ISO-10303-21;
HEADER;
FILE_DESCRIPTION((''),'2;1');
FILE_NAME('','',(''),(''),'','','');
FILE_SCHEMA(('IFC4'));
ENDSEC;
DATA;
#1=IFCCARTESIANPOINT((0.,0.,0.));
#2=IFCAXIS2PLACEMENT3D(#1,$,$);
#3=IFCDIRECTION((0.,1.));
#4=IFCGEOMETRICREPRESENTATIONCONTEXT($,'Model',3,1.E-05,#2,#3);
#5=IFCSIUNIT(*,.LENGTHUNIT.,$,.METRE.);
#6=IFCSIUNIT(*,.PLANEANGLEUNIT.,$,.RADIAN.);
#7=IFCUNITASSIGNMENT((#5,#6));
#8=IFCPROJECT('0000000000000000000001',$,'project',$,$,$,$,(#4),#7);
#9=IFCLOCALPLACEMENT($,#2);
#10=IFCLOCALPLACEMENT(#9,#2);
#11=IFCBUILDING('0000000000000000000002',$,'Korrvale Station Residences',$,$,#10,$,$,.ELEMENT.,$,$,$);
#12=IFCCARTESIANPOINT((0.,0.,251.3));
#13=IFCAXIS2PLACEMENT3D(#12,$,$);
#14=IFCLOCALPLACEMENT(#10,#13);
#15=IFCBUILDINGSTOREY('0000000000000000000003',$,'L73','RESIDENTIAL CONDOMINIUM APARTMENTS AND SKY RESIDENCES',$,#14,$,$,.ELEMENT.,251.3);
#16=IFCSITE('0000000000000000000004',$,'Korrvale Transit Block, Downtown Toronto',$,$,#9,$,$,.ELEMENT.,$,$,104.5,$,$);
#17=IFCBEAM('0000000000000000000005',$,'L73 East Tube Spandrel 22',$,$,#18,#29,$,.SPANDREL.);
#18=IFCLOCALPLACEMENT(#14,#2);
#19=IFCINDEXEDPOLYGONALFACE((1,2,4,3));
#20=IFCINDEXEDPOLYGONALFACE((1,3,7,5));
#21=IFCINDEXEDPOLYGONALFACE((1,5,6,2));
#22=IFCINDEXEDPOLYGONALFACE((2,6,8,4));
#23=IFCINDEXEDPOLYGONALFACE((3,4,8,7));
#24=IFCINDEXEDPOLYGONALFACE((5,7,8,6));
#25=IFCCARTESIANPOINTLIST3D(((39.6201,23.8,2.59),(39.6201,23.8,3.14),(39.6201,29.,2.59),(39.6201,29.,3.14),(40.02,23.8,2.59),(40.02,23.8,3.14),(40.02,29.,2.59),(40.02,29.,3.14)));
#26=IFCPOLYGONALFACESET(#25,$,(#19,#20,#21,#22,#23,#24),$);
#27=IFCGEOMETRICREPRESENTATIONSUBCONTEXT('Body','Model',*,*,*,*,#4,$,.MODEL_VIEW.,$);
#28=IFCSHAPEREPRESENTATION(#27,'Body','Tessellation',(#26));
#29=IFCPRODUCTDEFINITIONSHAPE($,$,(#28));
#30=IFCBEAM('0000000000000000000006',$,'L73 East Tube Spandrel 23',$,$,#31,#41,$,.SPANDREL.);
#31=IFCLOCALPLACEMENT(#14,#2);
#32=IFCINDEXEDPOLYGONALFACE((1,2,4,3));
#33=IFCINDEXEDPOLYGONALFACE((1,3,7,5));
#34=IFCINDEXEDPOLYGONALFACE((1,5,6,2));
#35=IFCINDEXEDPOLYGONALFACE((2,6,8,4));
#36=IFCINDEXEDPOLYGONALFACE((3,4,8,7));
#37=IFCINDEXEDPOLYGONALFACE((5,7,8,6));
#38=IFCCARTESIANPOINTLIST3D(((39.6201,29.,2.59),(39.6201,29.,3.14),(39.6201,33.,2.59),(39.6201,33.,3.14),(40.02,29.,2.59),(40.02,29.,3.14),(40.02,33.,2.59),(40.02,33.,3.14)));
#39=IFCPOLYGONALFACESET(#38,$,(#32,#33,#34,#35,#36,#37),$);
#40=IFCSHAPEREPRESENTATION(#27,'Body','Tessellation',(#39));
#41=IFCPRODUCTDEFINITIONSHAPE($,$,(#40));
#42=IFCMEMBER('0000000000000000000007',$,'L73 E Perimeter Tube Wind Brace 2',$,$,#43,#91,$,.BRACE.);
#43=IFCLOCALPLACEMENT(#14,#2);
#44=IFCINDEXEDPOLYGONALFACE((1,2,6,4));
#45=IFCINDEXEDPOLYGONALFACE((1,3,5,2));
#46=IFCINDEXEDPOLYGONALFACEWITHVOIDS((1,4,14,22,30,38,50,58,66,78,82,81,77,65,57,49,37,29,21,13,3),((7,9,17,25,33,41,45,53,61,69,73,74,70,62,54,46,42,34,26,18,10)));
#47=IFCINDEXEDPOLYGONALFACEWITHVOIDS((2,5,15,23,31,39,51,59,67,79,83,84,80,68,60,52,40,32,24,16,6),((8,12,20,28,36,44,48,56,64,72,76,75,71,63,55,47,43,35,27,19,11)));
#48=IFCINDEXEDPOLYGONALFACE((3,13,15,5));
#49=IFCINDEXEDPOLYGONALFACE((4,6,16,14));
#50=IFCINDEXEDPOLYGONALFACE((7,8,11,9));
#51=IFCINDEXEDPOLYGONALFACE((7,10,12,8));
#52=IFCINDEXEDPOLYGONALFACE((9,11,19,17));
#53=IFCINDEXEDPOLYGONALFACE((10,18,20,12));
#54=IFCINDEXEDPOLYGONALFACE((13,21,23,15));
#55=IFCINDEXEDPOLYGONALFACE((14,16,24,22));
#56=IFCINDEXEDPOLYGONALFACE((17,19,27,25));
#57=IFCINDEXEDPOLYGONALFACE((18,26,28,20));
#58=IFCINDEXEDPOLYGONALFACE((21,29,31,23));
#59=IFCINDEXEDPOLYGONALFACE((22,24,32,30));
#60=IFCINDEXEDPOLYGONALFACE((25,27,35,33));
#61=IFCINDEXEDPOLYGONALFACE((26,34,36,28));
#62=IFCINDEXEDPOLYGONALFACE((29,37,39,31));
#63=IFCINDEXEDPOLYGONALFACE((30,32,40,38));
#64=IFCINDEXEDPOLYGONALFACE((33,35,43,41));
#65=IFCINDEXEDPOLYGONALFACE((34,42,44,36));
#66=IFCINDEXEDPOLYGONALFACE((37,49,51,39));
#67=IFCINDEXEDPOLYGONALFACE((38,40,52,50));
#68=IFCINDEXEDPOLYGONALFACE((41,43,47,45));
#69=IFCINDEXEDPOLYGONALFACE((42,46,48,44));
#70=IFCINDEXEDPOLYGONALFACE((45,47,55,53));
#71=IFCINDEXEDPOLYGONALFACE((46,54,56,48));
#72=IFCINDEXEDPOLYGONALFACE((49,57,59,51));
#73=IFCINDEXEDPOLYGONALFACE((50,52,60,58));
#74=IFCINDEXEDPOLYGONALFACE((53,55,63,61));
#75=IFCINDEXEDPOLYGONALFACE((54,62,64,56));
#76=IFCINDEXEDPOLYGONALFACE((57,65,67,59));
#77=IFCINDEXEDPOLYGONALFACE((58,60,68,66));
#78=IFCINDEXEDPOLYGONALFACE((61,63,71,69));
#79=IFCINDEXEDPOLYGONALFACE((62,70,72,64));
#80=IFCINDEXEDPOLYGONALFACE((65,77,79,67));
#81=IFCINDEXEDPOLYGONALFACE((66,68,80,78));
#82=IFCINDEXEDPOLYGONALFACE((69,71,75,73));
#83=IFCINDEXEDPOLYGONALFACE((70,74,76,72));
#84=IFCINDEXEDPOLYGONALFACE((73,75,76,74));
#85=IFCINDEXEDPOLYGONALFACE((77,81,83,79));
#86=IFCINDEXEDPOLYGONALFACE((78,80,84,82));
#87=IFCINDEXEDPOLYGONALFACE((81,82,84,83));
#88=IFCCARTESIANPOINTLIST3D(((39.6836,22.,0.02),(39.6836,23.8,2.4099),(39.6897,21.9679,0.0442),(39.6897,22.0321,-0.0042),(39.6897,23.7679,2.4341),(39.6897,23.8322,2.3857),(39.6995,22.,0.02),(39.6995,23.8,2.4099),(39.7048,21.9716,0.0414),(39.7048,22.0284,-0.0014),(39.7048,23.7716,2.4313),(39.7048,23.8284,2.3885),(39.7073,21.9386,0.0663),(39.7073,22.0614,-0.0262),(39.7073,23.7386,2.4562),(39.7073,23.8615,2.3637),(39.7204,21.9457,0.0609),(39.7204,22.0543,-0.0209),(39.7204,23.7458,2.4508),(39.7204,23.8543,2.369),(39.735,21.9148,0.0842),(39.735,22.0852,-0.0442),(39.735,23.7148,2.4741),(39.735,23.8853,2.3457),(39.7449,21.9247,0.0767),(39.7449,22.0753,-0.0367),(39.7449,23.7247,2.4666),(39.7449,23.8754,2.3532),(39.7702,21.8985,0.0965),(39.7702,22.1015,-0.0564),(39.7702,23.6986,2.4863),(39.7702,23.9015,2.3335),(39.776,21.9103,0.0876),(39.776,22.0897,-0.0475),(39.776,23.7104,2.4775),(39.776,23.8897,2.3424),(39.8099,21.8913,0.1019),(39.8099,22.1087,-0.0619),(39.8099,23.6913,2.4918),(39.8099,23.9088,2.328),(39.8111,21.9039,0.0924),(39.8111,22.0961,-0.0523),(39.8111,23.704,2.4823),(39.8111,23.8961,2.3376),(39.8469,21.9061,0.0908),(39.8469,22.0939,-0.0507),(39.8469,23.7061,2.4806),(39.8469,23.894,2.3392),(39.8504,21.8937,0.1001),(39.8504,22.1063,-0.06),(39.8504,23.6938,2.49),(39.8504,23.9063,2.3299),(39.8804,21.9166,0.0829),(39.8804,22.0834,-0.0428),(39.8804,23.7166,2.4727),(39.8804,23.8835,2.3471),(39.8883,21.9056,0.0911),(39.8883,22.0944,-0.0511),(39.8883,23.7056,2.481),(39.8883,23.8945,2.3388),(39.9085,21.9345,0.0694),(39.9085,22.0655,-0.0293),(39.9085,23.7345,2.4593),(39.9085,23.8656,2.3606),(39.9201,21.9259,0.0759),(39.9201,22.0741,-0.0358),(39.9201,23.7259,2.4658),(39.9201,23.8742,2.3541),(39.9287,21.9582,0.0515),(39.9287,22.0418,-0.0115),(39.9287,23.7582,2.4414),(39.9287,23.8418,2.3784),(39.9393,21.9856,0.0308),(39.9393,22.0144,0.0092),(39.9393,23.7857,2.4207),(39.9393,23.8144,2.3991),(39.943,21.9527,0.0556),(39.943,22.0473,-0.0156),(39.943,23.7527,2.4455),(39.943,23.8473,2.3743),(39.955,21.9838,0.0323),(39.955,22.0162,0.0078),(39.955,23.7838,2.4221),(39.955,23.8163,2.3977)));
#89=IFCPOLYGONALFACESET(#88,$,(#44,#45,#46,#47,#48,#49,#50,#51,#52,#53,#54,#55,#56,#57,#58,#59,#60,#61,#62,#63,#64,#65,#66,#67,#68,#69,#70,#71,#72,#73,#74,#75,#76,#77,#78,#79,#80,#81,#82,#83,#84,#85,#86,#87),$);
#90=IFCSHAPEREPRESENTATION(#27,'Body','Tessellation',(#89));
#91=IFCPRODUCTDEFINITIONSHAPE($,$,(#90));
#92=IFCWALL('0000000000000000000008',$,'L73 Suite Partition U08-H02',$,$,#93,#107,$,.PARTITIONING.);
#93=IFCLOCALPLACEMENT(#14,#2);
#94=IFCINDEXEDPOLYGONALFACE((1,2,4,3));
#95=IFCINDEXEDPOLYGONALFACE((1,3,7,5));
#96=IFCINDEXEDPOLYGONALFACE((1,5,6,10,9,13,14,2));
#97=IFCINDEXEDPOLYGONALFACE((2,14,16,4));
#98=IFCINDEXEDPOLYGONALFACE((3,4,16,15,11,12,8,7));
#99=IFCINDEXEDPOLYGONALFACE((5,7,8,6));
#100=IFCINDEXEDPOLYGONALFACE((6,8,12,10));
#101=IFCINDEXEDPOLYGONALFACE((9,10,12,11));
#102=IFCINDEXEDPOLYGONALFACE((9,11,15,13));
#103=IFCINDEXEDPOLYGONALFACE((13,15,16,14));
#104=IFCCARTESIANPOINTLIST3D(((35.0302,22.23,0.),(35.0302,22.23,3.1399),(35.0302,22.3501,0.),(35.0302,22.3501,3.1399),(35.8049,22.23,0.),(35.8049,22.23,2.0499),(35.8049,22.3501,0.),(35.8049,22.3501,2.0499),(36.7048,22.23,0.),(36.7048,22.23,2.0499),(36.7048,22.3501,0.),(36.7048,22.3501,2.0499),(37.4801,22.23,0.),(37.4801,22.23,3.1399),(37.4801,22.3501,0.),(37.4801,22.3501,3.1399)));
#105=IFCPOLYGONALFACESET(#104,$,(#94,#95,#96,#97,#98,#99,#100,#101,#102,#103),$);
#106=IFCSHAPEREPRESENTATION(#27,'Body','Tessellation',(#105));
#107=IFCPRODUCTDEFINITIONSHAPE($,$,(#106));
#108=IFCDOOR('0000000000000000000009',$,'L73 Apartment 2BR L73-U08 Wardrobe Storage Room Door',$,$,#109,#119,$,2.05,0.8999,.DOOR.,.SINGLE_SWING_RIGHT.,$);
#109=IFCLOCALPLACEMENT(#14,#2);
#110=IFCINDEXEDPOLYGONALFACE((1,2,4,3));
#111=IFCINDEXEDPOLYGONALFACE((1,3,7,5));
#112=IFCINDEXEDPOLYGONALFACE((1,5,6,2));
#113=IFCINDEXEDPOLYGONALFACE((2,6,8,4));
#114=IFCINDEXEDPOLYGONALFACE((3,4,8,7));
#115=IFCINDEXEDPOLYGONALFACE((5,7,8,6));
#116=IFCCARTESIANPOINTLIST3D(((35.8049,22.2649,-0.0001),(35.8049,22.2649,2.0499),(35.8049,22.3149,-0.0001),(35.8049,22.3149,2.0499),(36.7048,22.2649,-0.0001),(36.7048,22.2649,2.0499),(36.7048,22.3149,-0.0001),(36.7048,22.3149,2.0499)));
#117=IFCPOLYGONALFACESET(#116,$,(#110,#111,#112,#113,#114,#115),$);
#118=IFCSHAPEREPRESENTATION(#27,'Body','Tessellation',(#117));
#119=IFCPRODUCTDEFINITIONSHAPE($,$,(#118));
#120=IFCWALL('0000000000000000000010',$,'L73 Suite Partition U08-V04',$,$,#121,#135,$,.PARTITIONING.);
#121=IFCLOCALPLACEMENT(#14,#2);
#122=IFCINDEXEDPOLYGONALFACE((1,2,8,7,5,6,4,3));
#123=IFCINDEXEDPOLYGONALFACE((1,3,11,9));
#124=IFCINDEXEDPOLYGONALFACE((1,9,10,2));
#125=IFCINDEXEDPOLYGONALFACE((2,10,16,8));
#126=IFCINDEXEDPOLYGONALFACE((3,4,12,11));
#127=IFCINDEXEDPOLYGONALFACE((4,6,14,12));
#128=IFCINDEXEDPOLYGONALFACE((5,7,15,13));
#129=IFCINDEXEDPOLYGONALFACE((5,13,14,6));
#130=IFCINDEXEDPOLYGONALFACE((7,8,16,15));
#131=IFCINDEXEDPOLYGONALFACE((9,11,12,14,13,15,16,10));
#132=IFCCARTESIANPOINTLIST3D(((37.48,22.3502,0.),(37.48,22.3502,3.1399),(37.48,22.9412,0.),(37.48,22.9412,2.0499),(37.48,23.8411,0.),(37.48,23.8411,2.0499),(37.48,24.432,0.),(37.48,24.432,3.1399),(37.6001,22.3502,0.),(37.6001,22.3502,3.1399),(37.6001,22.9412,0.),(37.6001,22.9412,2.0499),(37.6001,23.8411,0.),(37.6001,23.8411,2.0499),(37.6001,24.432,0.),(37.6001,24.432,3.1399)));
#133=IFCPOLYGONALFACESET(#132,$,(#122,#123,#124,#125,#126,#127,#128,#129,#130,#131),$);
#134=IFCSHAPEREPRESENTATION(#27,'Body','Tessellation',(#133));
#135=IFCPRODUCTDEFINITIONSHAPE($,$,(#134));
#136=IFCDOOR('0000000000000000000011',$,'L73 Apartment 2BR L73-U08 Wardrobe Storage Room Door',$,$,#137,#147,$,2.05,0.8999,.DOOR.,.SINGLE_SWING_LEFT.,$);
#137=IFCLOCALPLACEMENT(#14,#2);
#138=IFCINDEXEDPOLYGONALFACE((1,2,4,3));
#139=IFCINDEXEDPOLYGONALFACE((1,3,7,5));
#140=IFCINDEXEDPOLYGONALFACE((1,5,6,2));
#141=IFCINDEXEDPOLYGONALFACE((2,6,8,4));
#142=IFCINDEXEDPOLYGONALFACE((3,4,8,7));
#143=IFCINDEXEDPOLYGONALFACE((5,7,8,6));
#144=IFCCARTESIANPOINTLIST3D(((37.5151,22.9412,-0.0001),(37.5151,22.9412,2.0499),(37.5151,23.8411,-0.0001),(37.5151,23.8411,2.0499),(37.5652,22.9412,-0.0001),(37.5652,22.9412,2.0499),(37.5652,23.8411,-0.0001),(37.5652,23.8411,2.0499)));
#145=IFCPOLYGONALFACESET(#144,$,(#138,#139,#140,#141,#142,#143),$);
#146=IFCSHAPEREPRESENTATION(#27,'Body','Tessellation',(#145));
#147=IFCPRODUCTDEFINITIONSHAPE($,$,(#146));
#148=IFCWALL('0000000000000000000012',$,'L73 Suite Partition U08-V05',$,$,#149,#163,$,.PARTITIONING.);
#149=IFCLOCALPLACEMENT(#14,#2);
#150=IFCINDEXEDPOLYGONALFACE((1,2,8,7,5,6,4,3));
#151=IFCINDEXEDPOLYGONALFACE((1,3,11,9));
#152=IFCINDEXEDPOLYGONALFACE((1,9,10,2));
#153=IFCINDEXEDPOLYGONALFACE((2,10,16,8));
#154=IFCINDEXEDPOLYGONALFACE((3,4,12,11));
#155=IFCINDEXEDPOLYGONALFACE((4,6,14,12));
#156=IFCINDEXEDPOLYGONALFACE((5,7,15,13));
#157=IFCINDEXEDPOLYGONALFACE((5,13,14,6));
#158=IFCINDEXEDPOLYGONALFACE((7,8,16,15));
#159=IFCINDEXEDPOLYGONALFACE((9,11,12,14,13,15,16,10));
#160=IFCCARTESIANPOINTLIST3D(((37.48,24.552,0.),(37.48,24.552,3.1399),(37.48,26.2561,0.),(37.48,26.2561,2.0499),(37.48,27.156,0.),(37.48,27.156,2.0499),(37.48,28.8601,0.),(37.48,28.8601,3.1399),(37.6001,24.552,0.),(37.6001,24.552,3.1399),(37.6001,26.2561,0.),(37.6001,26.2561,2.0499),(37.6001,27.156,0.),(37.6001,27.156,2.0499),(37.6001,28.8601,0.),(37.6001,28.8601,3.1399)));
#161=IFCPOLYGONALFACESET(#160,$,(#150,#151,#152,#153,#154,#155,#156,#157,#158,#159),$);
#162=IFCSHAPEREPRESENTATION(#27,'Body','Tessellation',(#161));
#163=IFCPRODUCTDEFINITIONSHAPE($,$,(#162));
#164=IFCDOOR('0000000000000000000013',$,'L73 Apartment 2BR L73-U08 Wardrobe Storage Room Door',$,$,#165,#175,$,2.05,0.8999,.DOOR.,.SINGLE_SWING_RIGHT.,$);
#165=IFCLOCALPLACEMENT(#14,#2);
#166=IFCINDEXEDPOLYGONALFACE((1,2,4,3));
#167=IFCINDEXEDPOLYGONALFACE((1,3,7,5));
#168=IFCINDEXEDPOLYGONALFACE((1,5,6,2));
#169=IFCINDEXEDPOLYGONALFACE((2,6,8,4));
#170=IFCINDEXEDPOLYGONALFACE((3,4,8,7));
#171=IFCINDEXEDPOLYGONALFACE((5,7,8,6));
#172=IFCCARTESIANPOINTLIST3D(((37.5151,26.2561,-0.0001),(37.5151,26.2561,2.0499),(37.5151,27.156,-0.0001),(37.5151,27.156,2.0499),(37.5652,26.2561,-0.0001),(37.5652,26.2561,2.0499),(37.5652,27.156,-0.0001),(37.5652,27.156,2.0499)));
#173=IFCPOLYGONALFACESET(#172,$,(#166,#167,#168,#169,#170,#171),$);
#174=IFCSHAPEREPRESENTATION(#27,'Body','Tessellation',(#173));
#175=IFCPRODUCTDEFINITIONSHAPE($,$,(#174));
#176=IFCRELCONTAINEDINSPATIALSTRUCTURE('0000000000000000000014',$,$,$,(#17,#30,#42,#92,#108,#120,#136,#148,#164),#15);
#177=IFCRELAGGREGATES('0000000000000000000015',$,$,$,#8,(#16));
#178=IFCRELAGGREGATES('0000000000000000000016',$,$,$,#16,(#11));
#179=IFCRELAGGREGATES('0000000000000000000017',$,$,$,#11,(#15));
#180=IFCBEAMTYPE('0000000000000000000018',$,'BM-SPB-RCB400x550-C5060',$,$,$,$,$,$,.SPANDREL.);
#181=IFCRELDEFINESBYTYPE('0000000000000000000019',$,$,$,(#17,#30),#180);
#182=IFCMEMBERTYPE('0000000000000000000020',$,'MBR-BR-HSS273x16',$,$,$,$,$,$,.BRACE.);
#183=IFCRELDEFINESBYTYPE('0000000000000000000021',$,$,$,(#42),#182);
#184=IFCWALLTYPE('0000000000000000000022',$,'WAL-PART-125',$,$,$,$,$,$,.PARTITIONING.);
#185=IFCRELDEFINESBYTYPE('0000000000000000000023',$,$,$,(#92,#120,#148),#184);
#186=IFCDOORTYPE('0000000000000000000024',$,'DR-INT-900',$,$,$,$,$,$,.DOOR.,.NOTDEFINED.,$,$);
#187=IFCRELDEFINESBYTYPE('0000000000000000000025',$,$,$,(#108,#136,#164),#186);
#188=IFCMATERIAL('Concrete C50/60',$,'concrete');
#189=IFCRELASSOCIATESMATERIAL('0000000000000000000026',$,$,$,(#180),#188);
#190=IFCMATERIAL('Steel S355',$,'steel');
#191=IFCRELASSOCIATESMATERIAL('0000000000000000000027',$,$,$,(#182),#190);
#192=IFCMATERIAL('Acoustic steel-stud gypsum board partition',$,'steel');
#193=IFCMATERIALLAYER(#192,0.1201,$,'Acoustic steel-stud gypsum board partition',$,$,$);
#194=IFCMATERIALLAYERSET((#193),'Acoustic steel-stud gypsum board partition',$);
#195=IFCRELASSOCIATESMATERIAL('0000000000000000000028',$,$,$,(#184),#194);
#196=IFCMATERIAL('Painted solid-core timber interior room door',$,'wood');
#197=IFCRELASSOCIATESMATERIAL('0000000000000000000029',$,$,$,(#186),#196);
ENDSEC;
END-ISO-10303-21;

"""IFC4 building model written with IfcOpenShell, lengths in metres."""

from ifc_helpers import new_model, si_unit, direction, frame, frame_2d, origin, origin_2d, place, context, subcontext, project, spatial, rectangle, hollow_circle, extrude, material, layer, layer_set, material_profile, profile_set, type_object, element, fill, save


model = new_model("IFC4")

# Units and contexts
model_context = context("Model", 3, precision=1e-05, world=origin(), true_north=direction((0.0, 1.0)))
body_context = subcontext(model_context, "Body", "Model", "MODEL_VIEW")
ifc_project = project(units=[si_unit("LENGTHUNIT", "METRE"), si_unit("PLANEANGLEUNIT", "RADIAN")], contexts=[model_context])

# Site, building, storey
site_placement = place(None, origin())
site = spatial("IfcSite", under=ifc_project, at=site_placement, Name="Korrvale Transit Block, Downtown Toronto", CompositionType="ELEMENT", RefElevation=104.5)
building_placement = place(site_placement, origin())
building = spatial("IfcBuilding", under=site, at=building_placement, Name="Korrvale Station Residences", CompositionType="ELEMENT")
storey_placement = place(building_placement, frame((0.0, 0.0, 251.3)))
storey = spatial("IfcBuildingStorey", under=building, at=storey_placement, Name="L73", Description="RESIDENTIAL CONDOMINIUM APARTMENTS AND SKY RESIDENCES", CompositionType="ELEMENT", Elevation=251.3)

# Shared definitions
ifc_material_1 = material(Name="Concrete C50/60", Category="concrete")

# Beams
ifc_material_2 = material(Name="Steel S355", Category="steel")
ifc_material_profile_1 = material_profile(ifc_material_1, rectangle(XDim=0.3999, YDim=0.55, at=origin_2d()), Name="RCB400x550")
ifc_profile_set_1 = profile_set([ifc_material_profile_1], Name="Concrete C50/60")
beam_type_1 = type_object("IfcBeamType", Name="BM-SPB-RCB400x550-C5060", PredefinedType="SPANDREL", material=ifc_profile_set_1)
beam_1_placement = place(storey_placement, frame((39.8201, 23.8, 2.865), z_axis=(0.0, 1.0, 0.0), x_axis=(-1.0, 0.0, 0.0)))
element("IfcBeam", 1, at=beam_1_placement, inside=storey, type_object=beam_type_1, Name="L73 East Tube Spandrel 22", PredefinedType="SPANDREL", context=body_context, shape_type="SweptSolid", body=[
    extrude(rectangle(XDim=0.3999, YDim=0.55, at=origin_2d()), origin(), (0.0, 0.0, 1.0), 5.2),
])
beam_2_placement = place(storey_placement, frame((39.8201, 29.0, 2.865), z_axis=(0.0, 1.0, 0.0), x_axis=(-1.0, 0.0, 0.0)))
element("IfcBeam", 2, at=beam_2_placement, inside=storey, type_object=beam_type_1, Name="L73 East Tube Spandrel 23", PredefinedType="SPANDREL", context=body_context, shape_type="SweptSolid", body=[
    extrude(rectangle(XDim=0.3999, YDim=0.55, at=origin_2d()), origin(), (0.0, 0.0, 1.0), 4.0),
])

# Member
ifc_material_profile_2 = material_profile(ifc_material_2, hollow_circle(Radius=0.1365, WallThickness=0.0159, at=origin_2d()), Name="HSS273x16")
ifc_profile_set_2 = profile_set([ifc_material_profile_2], Name="Steel S355")
member_type = type_object("IfcMemberType", Name="MBR-BR-HSS273x16", PredefinedType="BRACE", material=ifc_profile_set_2)
member_placement = place(storey_placement, frame((39.8201, 22.0, 0.02), z_axis=(0.0, 0.601631, 0.798774), x_axis=(-1.0, 0.0, 0.0)))
element("IfcMember", 3, at=member_placement, inside=storey, type_object=member_type, Name="L73 E Perimeter Tube Wind Brace 2", PredefinedType="BRACE", context=body_context, shape_type="SweptSolid", body=[
    extrude(hollow_circle(Radius=0.1365, WallThickness=0.0159, at=origin_2d()), origin(), (0.0, 0.0, 1.0), 2.9919),
])

# Walls, openings, doors
ifc_material_3 = material(Name="Acoustic steel-stud gypsum board partition", Category="steel")
ifc_layer_1 = layer(ifc_material_3, 0.1201, Name="Acoustic steel-stud gypsum board partition")
ifc_layer_set_1 = layer_set([ifc_layer_1], Name="Acoustic steel-stud gypsum board partition")
wall_type_1 = type_object("IfcWallType", Name="WAL-PART-125", PredefinedType="PARTITIONING", material=ifc_layer_set_1)
wall_1_placement = place(storey_placement, frame((35.03, 22.29, 0.0), z_axis=(0.0, 0.0, 1.0), x_axis=(1.0, 0.0, 0.0)))
wall_1 = element("IfcWall", 4, at=wall_1_placement, inside=storey, type_object=wall_type_1, Name="L73 Suite Partition U08-H02", PredefinedType="PARTITIONING", context=body_context, shape_type="SweptSolid", body=[
    extrude(rectangle(XDim=2.45, YDim=0.1201, at=frame_2d((1.2251, 0.0))), origin(), (0.0, 0.0, 1.0), 3.1399),
])
opening_1_placement = place(wall_1_placement, frame((0.7749, 0.0, 0.0)))
opening_1 = element("IfcOpeningElement", 5, at=opening_1_placement, cuts=wall_1, PredefinedType="OPENING", context=body_context, shape_type="SweptSolid", body=[
    extrude(rectangle(XDim=0.8999, YDim=2.05, at=frame_2d((0.45, 1.0249))), frame((0.0, 0.0701, 0.0), z_axis=(0.0, -1.0, 0.0), x_axis=(1.0, 0.0, 0.0)), (0.0, 0.0, 1.0), 0.1401),
])
ifc_material_4 = material(Name="Painted solid-core timber interior room door", Category="wood")
door_type = type_object("IfcDoorType", Name="DR-INT-900", OperationType="NOTDEFINED", PredefinedType="DOOR", material=ifc_material_4)
door_1_placement = place(opening_1_placement, origin())
door_1 = element("IfcDoor", 6, at=door_1_placement, inside=storey, type_object=door_type, Name="L73 Apartment 2BR L73-U08 Wardrobe Storage Room Door", OperationType="SINGLE_SWING_RIGHT", OverallHeight=2.05, OverallWidth=0.8999, PredefinedType="DOOR", context=body_context, shape_type="SweptSolid", body=[
    extrude(rectangle(XDim=0.8999, YDim=2.05, at=frame_2d((0.45, 1.0249))), frame((0.0, 0.0249, 0.0), z_axis=(0.0, -1.0, 0.0), x_axis=(1.0, 0.0, 0.0)), (0.0, 0.0, 1.0), 0.05),
])
fill(opening_1, door_1)
wall_2_placement = place(storey_placement, frame((37.54, 22.3501, 0.0), z_axis=(0.0, 0.0, 1.0), x_axis=(0.0, 1.0, 0.0)))
wall_2 = element("IfcWall", 7, at=wall_2_placement, inside=storey, type_object=wall_type_1, Name="L73 Suite Partition U08-V04", PredefinedType="PARTITIONING", context=body_context, shape_type="SweptSolid", body=[
    extrude(rectangle(XDim=2.0818, YDim=0.1201, at=frame_2d((1.041, 0.0))), origin(), (0.0, 0.0, 1.0), 3.1399),
])
opening_2_placement = place(wall_2_placement, frame((0.5911, 0.0, 0.0)))
opening_2 = element("IfcOpeningElement", 8, at=opening_2_placement, cuts=wall_2, PredefinedType="OPENING", context=body_context, shape_type="SweptSolid", body=[
    extrude(rectangle(XDim=0.8999, YDim=2.05, at=frame_2d((0.45, 1.0249))), frame((0.0, 0.0701, 0.0), z_axis=(0.0, -1.0, 0.0), x_axis=(1.0, 0.0, 0.0)), (0.0, 0.0, 1.0), 0.1401),
])
door_2_placement = place(opening_2_placement, origin())
door_2 = element("IfcDoor", 9, at=door_2_placement, inside=storey, type_object=door_type, Name="L73 Apartment 2BR L73-U08 Wardrobe Storage Room Door", OperationType="SINGLE_SWING_LEFT", OverallHeight=2.05, OverallWidth=0.8999, PredefinedType="DOOR", context=body_context, shape_type="SweptSolid", body=[
    extrude(rectangle(XDim=0.8999, YDim=2.05, at=frame_2d((0.45, 1.0249))), frame((0.0, 0.0249, 0.0), z_axis=(0.0, -1.0, 0.0), x_axis=(1.0, 0.0, 0.0)), (0.0, 0.0, 1.0), 0.05),
])
fill(opening_2, door_2)
wall_3_placement = place(storey_placement, frame((37.54, 24.552, 0.0), z_axis=(0.0, 0.0, 1.0), x_axis=(0.0, 1.0, 0.0)))
wall_3 = element("IfcWall", 10, at=wall_3_placement, inside=storey, type_object=wall_type_1, Name="L73 Suite Partition U08-V05", PredefinedType="PARTITIONING", context=body_context, shape_type="SweptSolid", body=[
    extrude(rectangle(XDim=4.3081, YDim=0.1201, at=frame_2d((2.1541, 0.0))), origin(), (0.0, 0.0, 1.0), 3.1399),
])
opening_3_placement = place(wall_3_placement, frame((1.7041, 0.0, 0.0)))
opening_3 = element("IfcOpeningElement", 11, at=opening_3_placement, cuts=wall_3, PredefinedType="OPENING", context=body_context, shape_type="SweptSolid", body=[
    extrude(rectangle(XDim=0.8999, YDim=2.05, at=frame_2d((0.45, 1.0249))), frame((0.0, 0.0701, 0.0), z_axis=(0.0, -1.0, 0.0), x_axis=(1.0, 0.0, 0.0)), (0.0, 0.0, 1.0), 0.1401),
])
door_3_placement = place(opening_3_placement, origin())
door_3 = element("IfcDoor", 12, at=door_3_placement, inside=storey, type_object=door_type, Name="L73 Apartment 2BR L73-U08 Wardrobe Storage Room Door", OperationType="SINGLE_SWING_RIGHT", OverallHeight=2.05, OverallWidth=0.8999, PredefinedType="DOOR", context=body_context, shape_type="SweptSolid", body=[
    extrude(rectangle(XDim=0.8999, YDim=2.05, at=frame_2d((0.45, 1.0249))), frame((0.0, 0.0249, 0.0), z_axis=(0.0, -1.0, 0.0), x_axis=(1.0, 0.0, 0.0)), (0.0, 0.0, 1.0), 0.05),
])
fill(opening_3, door_3)

save(model, "model.ifc")
